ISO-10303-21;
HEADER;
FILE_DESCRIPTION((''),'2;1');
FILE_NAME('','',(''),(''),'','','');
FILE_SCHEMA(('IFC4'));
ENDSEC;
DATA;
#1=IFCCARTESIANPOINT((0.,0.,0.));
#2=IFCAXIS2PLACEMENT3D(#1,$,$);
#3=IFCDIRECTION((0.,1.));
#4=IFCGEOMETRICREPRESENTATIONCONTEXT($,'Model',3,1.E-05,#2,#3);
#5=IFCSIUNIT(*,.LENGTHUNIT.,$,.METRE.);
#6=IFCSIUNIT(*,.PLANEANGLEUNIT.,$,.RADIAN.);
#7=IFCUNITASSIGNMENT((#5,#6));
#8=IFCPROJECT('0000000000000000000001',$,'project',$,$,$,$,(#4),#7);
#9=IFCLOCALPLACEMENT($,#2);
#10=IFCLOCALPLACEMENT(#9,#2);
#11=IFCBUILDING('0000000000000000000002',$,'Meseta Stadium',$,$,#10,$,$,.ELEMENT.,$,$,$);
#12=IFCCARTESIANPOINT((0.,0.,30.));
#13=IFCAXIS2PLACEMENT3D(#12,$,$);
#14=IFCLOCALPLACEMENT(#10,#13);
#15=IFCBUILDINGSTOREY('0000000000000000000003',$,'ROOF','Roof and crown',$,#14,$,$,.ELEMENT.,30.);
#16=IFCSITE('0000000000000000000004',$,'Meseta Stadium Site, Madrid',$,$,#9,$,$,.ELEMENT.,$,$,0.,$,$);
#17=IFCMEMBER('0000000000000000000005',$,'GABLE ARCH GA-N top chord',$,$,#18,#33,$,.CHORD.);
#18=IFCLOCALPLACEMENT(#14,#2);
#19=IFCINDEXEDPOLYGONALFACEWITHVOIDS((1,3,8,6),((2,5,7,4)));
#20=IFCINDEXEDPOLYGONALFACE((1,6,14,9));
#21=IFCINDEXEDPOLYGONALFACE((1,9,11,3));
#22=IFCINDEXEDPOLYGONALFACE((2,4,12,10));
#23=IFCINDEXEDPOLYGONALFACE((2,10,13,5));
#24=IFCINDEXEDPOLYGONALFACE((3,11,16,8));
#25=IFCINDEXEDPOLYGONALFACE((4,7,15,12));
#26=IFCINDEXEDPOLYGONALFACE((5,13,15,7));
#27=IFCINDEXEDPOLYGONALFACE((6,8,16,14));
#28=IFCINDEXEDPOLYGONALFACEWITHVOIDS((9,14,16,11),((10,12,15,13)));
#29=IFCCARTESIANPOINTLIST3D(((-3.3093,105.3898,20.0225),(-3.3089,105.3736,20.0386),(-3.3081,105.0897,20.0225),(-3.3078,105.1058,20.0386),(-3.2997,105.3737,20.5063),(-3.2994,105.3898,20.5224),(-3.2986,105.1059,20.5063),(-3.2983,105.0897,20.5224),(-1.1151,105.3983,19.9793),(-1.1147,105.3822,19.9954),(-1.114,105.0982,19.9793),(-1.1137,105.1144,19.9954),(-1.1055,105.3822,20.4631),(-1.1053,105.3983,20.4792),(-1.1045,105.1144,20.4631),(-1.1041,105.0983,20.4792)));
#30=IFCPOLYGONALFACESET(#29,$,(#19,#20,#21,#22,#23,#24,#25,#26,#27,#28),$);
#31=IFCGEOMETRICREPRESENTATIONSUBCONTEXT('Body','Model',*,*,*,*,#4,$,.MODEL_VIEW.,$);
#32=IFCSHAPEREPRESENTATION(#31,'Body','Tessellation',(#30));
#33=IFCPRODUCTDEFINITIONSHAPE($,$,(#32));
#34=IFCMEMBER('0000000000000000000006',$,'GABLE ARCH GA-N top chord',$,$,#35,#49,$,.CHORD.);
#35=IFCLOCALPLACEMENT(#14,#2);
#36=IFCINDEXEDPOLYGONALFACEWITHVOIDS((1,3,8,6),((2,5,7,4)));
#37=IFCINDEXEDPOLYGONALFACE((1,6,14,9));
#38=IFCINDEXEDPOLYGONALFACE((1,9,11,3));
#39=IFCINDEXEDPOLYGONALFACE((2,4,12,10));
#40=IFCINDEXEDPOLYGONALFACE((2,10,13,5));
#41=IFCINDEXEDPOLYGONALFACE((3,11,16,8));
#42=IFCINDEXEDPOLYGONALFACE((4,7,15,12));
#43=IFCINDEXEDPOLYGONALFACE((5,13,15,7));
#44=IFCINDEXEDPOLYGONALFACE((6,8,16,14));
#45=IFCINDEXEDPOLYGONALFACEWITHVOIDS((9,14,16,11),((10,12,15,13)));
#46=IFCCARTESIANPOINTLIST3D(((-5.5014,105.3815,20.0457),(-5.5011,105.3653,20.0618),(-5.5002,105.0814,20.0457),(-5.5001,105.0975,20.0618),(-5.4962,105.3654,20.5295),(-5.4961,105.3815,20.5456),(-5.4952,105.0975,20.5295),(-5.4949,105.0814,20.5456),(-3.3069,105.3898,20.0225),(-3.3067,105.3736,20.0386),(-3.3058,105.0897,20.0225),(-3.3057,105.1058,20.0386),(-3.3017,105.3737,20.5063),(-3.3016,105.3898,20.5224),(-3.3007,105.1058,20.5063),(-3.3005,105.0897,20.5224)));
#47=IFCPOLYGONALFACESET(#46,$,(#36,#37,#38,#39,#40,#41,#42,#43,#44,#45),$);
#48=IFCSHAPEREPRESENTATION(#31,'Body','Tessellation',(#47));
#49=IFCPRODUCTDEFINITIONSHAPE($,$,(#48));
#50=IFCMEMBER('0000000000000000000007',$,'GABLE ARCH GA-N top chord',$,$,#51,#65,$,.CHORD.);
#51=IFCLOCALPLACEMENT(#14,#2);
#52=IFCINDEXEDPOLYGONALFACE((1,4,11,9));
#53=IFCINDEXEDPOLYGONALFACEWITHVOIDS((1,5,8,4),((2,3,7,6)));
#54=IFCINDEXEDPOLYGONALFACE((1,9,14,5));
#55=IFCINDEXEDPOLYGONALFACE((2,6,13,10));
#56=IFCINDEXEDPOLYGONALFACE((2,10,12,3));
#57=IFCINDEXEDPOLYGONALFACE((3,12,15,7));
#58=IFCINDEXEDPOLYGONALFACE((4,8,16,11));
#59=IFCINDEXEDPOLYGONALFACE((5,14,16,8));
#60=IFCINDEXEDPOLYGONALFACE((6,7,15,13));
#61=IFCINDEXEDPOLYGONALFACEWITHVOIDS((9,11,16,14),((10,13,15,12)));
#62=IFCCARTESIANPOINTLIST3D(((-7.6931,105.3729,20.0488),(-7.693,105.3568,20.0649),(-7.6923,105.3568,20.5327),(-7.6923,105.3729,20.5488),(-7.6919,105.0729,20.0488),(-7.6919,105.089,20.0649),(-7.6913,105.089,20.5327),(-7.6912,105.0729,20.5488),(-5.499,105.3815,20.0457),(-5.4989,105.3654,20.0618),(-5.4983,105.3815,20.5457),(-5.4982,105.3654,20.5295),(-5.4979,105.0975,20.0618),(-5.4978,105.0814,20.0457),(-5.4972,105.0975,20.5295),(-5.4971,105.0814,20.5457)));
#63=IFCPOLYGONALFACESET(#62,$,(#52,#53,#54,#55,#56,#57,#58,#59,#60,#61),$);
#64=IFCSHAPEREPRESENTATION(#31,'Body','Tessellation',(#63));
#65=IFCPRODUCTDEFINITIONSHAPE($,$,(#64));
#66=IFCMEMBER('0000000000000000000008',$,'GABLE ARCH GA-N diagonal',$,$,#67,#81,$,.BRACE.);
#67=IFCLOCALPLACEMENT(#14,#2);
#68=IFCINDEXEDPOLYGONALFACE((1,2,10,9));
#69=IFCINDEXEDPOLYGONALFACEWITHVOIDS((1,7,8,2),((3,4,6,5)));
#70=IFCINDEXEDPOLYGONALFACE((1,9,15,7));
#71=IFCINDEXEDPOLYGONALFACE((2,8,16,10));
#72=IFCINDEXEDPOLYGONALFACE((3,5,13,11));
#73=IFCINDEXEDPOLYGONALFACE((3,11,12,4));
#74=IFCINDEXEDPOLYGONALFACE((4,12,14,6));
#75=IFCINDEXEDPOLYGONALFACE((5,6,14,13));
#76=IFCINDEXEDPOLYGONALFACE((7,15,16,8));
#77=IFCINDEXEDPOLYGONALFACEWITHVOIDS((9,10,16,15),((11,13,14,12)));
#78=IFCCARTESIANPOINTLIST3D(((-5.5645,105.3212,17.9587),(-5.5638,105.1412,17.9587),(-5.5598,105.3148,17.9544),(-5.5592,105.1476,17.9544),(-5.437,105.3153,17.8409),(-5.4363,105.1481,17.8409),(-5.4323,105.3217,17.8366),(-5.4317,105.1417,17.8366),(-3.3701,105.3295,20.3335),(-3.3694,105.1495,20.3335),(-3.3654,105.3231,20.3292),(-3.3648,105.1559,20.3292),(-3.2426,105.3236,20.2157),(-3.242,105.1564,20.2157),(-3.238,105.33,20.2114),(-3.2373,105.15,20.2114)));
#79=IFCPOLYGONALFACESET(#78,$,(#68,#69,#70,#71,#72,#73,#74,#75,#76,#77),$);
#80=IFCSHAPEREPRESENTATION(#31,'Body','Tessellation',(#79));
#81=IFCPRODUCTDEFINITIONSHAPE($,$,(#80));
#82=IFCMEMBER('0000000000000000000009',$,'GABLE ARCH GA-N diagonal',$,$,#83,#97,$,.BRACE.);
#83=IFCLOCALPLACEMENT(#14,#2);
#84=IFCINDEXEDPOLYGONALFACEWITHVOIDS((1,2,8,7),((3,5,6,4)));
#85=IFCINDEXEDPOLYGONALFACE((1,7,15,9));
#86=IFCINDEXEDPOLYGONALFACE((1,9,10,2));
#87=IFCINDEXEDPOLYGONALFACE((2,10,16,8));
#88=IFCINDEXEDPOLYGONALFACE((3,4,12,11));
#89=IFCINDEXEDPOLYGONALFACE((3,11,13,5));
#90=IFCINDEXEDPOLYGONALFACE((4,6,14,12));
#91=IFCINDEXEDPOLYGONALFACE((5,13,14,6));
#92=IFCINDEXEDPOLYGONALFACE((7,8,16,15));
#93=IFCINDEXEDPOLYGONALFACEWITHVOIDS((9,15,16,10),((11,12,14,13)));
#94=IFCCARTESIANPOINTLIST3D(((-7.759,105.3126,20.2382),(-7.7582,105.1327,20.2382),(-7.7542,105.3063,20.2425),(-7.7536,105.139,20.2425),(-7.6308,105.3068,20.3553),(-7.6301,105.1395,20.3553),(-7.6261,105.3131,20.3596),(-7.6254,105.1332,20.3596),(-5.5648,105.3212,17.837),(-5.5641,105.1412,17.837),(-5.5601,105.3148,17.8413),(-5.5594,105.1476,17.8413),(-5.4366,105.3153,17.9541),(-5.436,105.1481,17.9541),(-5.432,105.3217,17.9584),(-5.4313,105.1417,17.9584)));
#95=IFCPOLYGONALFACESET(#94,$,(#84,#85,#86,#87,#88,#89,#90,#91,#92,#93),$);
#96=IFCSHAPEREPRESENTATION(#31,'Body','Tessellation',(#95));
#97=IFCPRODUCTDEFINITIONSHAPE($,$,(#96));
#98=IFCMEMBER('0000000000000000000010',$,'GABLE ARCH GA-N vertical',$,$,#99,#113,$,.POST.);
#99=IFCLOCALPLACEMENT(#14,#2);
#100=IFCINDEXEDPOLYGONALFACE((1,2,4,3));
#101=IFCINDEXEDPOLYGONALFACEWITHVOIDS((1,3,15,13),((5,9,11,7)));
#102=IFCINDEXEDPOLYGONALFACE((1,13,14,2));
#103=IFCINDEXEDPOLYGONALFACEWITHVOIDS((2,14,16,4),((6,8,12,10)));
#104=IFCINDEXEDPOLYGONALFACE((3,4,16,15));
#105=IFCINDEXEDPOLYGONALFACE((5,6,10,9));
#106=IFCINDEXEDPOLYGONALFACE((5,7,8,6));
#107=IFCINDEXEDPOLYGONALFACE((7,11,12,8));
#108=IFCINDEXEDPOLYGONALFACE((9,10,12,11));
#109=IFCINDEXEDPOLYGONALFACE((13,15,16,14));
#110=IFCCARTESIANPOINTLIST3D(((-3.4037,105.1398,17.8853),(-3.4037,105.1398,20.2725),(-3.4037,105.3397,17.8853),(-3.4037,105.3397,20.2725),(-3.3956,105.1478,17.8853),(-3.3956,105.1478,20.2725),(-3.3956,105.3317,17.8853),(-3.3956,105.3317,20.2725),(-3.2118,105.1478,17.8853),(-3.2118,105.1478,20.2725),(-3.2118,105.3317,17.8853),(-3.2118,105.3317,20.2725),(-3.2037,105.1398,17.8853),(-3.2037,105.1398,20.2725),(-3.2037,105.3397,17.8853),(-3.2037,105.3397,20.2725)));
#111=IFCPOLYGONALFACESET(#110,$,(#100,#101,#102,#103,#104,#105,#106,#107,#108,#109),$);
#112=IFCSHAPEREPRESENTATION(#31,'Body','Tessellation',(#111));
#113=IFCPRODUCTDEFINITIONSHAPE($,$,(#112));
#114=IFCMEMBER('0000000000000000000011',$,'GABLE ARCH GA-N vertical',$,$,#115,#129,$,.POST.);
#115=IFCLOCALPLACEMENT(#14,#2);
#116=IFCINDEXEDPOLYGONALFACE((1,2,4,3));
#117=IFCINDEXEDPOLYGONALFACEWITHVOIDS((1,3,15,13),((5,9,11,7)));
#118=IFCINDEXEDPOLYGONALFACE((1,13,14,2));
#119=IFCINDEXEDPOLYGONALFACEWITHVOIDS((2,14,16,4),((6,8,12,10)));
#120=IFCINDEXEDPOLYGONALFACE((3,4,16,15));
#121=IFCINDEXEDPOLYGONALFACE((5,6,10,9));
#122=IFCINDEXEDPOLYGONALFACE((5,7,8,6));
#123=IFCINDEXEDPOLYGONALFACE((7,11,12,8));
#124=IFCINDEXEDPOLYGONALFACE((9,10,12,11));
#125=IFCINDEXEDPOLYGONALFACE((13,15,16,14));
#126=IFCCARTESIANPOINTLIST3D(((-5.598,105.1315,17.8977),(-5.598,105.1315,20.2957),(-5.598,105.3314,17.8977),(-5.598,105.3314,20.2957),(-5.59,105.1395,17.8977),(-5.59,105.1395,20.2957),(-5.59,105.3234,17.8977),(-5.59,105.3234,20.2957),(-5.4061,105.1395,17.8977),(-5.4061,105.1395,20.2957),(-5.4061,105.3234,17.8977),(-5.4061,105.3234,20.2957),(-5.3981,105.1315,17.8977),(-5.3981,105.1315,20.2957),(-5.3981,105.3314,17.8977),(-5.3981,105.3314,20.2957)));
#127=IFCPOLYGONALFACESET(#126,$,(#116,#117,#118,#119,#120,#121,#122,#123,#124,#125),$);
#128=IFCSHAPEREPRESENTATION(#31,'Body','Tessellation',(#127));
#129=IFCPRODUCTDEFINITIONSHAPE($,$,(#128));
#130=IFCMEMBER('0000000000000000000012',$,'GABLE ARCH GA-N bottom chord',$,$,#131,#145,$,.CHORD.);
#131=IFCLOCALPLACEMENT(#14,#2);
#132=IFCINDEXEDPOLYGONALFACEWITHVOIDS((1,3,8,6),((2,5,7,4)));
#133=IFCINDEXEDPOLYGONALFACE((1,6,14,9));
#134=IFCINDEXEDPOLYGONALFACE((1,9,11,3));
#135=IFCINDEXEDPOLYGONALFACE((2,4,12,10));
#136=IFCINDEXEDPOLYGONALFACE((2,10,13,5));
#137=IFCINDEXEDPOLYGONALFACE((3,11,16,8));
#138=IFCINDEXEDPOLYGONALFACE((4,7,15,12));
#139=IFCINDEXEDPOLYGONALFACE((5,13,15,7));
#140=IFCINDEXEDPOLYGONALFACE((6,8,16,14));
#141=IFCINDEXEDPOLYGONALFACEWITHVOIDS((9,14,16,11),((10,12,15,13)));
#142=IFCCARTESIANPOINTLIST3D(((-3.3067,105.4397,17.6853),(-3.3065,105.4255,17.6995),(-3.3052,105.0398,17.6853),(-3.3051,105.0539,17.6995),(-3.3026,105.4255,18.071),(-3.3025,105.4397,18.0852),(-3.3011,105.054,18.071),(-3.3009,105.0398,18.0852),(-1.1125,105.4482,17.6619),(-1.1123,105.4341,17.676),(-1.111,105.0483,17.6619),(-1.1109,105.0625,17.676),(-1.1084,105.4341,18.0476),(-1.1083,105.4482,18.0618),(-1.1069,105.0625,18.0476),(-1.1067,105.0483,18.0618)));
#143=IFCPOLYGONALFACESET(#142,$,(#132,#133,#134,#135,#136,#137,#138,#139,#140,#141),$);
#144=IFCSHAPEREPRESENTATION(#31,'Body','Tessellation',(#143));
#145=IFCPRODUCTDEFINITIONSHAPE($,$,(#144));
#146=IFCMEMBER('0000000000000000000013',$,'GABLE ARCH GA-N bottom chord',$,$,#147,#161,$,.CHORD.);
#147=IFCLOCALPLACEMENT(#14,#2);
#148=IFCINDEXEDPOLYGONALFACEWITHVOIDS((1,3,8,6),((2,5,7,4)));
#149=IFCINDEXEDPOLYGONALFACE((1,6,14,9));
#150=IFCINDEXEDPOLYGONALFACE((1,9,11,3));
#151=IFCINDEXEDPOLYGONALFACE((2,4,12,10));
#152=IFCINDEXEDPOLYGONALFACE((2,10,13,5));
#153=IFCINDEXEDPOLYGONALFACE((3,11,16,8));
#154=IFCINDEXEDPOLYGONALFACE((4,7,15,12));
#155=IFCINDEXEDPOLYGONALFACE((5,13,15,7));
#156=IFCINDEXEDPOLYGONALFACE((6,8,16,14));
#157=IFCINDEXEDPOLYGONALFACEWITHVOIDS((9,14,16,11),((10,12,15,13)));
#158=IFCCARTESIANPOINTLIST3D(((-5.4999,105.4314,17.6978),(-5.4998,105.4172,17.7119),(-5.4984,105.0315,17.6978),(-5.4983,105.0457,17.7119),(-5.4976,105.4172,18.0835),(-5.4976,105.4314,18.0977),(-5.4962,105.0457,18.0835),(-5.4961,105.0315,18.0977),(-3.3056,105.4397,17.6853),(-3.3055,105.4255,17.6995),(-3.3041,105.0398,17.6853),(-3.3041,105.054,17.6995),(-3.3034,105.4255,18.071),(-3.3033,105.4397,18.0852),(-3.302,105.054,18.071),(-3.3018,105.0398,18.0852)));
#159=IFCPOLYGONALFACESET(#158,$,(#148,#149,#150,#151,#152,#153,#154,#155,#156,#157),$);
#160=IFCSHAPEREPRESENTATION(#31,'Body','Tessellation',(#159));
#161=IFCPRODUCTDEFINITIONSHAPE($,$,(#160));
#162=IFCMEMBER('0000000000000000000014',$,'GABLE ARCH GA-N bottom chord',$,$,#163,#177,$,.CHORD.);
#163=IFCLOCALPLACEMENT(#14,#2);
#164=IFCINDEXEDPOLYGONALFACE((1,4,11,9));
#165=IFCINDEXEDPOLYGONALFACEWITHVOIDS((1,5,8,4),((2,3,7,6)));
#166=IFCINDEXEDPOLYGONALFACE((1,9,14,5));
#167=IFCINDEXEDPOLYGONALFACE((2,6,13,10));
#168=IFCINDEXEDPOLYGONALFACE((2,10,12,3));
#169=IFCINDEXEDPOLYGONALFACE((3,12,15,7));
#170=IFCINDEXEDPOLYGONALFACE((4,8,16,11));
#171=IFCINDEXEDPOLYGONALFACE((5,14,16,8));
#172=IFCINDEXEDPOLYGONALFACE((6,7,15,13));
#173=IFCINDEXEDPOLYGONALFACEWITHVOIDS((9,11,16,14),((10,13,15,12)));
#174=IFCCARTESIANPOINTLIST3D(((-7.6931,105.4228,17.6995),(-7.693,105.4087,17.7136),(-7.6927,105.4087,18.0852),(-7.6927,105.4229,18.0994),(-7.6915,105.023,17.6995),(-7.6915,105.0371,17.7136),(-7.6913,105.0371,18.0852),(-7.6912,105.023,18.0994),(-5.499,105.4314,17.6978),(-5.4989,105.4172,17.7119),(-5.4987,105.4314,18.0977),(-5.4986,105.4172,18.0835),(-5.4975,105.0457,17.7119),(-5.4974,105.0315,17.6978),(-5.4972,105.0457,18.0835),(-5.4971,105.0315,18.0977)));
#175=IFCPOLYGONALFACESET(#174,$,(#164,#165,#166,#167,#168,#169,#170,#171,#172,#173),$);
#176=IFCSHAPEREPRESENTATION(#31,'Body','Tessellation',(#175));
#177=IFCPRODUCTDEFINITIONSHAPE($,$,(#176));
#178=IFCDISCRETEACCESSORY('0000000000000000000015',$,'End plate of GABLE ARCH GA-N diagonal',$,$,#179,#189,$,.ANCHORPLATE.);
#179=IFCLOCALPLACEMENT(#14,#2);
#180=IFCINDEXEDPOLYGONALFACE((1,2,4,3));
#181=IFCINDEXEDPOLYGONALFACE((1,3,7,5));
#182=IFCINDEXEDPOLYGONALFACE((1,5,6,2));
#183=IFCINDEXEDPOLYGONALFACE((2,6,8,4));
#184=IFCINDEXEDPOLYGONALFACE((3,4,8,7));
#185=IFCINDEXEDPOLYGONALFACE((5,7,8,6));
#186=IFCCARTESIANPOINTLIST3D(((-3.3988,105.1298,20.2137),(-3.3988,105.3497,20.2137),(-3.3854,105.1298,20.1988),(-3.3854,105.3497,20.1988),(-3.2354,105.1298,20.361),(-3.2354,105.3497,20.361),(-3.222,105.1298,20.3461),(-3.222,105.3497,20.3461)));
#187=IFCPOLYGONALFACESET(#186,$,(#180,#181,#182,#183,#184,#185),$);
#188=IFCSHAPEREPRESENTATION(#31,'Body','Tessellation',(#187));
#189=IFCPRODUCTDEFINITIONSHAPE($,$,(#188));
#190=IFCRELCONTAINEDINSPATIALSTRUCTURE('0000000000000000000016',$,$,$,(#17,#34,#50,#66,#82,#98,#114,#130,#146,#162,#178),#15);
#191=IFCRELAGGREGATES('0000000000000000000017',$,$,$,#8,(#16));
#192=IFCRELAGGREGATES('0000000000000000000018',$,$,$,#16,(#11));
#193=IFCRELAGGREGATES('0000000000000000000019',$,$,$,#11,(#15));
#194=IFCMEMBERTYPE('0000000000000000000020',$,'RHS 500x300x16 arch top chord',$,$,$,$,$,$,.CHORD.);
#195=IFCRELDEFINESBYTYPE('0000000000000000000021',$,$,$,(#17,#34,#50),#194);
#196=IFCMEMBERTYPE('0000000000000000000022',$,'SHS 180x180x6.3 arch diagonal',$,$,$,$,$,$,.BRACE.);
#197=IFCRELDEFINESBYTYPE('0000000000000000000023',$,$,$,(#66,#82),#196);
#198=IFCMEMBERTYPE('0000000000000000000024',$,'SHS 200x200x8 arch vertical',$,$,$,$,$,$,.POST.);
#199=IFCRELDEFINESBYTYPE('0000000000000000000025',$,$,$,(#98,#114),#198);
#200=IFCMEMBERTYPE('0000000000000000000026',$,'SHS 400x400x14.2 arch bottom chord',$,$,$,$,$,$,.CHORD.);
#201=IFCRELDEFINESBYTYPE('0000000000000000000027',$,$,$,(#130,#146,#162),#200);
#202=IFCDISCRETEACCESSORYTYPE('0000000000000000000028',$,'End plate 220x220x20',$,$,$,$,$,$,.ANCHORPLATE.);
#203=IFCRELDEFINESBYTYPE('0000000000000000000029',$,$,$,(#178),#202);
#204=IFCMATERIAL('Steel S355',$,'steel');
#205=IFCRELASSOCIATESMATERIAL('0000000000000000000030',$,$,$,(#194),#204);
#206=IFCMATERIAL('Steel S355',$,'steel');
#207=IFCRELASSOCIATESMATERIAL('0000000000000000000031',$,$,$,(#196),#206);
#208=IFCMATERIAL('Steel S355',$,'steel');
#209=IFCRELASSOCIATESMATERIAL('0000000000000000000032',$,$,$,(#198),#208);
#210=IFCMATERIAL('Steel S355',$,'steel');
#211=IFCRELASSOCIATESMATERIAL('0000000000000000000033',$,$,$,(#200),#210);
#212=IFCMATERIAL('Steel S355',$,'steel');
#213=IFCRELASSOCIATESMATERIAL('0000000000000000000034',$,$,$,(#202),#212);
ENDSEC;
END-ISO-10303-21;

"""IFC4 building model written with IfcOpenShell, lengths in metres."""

from ifc_helpers import new_model, si_unit, direction, frame, origin, origin_2d, place, context, subcontext, project, spatial, rectangle, hollow_rectangle, extrude, material, material_profile, profile_set, type_object, element, save


model = new_model("IFC4")

# Units and contexts
model_context = context("Model", 3, precision=1e-05, world=origin(), true_north=direction((0.0, 1.0)))
body_context = subcontext(model_context, "Body", "Model", "MODEL_VIEW")
ifc_project = project(units=[si_unit("LENGTHUNIT", "METRE"), si_unit("PLANEANGLEUNIT", "RADIAN")], contexts=[model_context])

# Site, building, storey
site_placement = place(None, origin())
site = spatial("IfcSite", under=ifc_project, at=site_placement, Name="Meseta Stadium Site, Madrid", CompositionType="ELEMENT", RefElevation=0.0)
building_placement = place(site_placement, origin())
building = spatial("IfcBuilding", under=site, at=building_placement, Name="Meseta Stadium", CompositionType="ELEMENT")
storey_placement = place(building_placement, frame((0.0, 0.0, 30.0)))
storey = spatial("IfcBuildingStorey", under=building, at=storey_placement, Name="ROOF", Description="Roof and crown", CompositionType="ELEMENT", Elevation=30.0)

# Members
ifc_material_1 = material(Name="Steel S355", Category="steel")
ifc_material_profile_1 = material_profile(ifc_material_1, hollow_rectangle(XDim=0.3, YDim=0.5, WallThickness=0.0161, at=origin_2d()), Name="RHS 500x300x16")
ifc_profile_set_1 = profile_set([ifc_material_profile_1], Name="Steel S355")
member_type_1 = type_object("IfcMemberType", Name="RHS 500x300x16 arch top chord", PredefinedType="CHORD", material=ifc_profile_set_1)
for number, where, z_axis, x_axis, name in (
    (1, (-1.1096, 105.2483, 20.2292), (-0.999799, -0.003894, 0.019691), (0.003894, -0.999992, 0.0), "GABLE ARCH GA-N top chord"),
    (2, (-3.3037, 105.2397, 20.2725), (-0.999937, -0.003783, 0.010569), (0.003783, -0.999993, 0.0), "GABLE ARCH GA-N top chord"),
):
    element("IfcMember", number, at=place(storey_placement, frame(where, z_axis=z_axis, x_axis=x_axis)), inside=storey, type_object=member_type_1, Name=name, PredefinedType="CHORD", context=body_context, shape_type="SweptSolid", body=[
        extrude(hollow_rectangle(XDim=0.3, YDim=0.5, WallThickness=0.0161, at=origin_2d()), origin(), (0.0, 0.0, 1.0), 2.1946),
    ])
member_1_placement = place(storey_placement, frame((-5.498, 105.2314, 20.2957), z_axis=(-0.999991, -0.003894, 0.001447), x_axis=(0.003894, -0.999992, 0.0)))
element("IfcMember", 3, at=member_1_placement, inside=storey, type_object=member_type_1, Name="GABLE ARCH GA-N top chord", PredefinedType="CHORD", context=body_context, shape_type="SweptSolid", body=[
    extrude(hollow_rectangle(XDim=0.3, YDim=0.5, WallThickness=0.0161, at=origin_2d()), origin(), (0.0, 0.0, 1.0), 2.1941),
])
ifc_material_2 = material(Name="Steel S355", Category="steel")
ifc_material_profile_2 = material_profile(ifc_material_2, hollow_rectangle(XDim=0.1799, YDim=0.1799, WallThickness=0.0063, at=origin_2d()), Name="SHS 180x180x6.3")
ifc_profile_set_2 = profile_set([ifc_material_profile_2], Name="Steel S355")
member_type_2 = type_object("IfcMemberType", Name="SHS 180x180x6.3 arch diagonal", PredefinedType="BRACE", material=ifc_profile_set_2)
member_2_placement = place(storey_placement, frame((-3.3037, 105.2397, 20.2725), z_axis=(-0.678654, -0.002567, -0.734454), x_axis=(0.003783, -0.999993, 0.0)))
element("IfcMember", 4, at=member_2_placement, inside=storey, type_object=member_type_2, Name="GABLE ARCH GA-N diagonal", PredefinedType="BRACE", context=body_context, shape_type="SweptSolid", body=[
    extrude(hollow_rectangle(XDim=0.1799, YDim=0.1799, WallThickness=0.0063, at=origin_2d()), origin(), (0.0, 0.0, 1.0), 3.2334),
])
member_3_placement = place(storey_placement, frame((-5.498, 105.2314, 17.8977), z_axis=(-0.674562, -0.002627, 0.738213), x_axis=(0.003894, -0.999992, 0.0)))
element("IfcMember", 5, at=member_3_placement, inside=storey, type_object=member_type_2, Name="GABLE ARCH GA-N diagonal", PredefinedType="BRACE", context=body_context, shape_type="SweptSolid", body=[
    extrude(hollow_rectangle(XDim=0.1799, YDim=0.1799, WallThickness=0.0063, at=origin_2d()), origin(), (0.0, 0.0, 1.0), 3.2527),
])
ifc_material_3 = material(Name="Steel S355", Category="steel")
ifc_material_profile_3 = material_profile(ifc_material_3, hollow_rectangle(XDim=0.2, YDim=0.2, WallThickness=0.0081, at=origin_2d()), Name="SHS 200x200x8")
ifc_profile_set_3 = profile_set([ifc_material_profile_3], Name="Steel S355")
member_type_3 = type_object("IfcMemberType", Name="SHS 200x200x8 arch vertical", PredefinedType="POST", material=ifc_profile_set_3)
member_4_placement = place(storey_placement, frame((-3.3037, 105.2397, 17.8853), z_axis=(0.0, 0.0, 1.0), x_axis=(1.0, 0.0, 0.0)))
element("IfcMember", 6, at=member_4_placement, inside=storey, type_object=member_type_3, Name="GABLE ARCH GA-N vertical", PredefinedType="POST", context=body_context, shape_type="SweptSolid", body=[
    extrude(hollow_rectangle(XDim=0.2, YDim=0.2, WallThickness=0.0081, at=origin_2d()), origin(), (0.0, 0.0, 1.0), 2.3872),
])
member_5_placement = place(storey_placement, frame((-5.498, 105.2314, 17.8977), z_axis=(0.0, 0.0, 1.0), x_axis=(1.0, 0.0, 0.0)))
element("IfcMember", 7, at=member_5_placement, inside=storey, type_object=member_type_3, Name="GABLE ARCH GA-N vertical", PredefinedType="POST", context=body_context, shape_type="SweptSolid", body=[
    extrude(hollow_rectangle(XDim=0.2, YDim=0.2, WallThickness=0.0081, at=origin_2d()), origin(), (0.0, 0.0, 1.0), 2.3979),
])
ifc_material_4 = material(Name="Steel S355", Category="steel")
ifc_material_profile_4 = material_profile(ifc_material_4, hollow_rectangle(XDim=0.3999, YDim=0.3999, WallThickness=0.0142, at=origin_2d()), Name="SHS 400x400x14.2")
ifc_profile_set_4 = profile_set([ifc_material_profile_4], Name="Steel S355")
member_type_4 = type_object("IfcMemberType", Name="SHS 400x400x14.2 arch bottom chord", PredefinedType="CHORD", material=ifc_profile_set_4)
for number, where, z_axis, x_axis, name in (
    (8, (-1.1096, 105.2483, 17.8618), (-0.999935, -0.003894, 0.010681), (0.003894, -0.999992, 0.0), "GABLE ARCH GA-N bottom chord"),
    (9, (-3.3037, 105.2397, 17.8853), (-0.999977, -0.003783, 0.005674), (0.003783, -0.999993, 0.0), "GABLE ARCH GA-N bottom chord"),
):
    element("IfcMember", number, at=place(storey_placement, frame(where, z_axis=z_axis, x_axis=x_axis)), inside=storey, type_object=member_type_4, Name=name, PredefinedType="CHORD", context=body_context, shape_type="SweptSolid", body=[
        extrude(hollow_rectangle(XDim=0.3999, YDim=0.3999, WallThickness=0.0142, at=origin_2d()), origin(), (0.0, 0.0, 1.0), 2.1943),
    ])
member_6_placement = place(storey_placement, frame((-5.498, 105.2314, 17.8977), z_axis=(-0.999992, -0.003894, 0.000779), x_axis=(0.003894, -0.999992, 0.0)))
element("IfcMember", 10, at=member_6_placement, inside=storey, type_object=member_type_4, Name="GABLE ARCH GA-N bottom chord", PredefinedType="CHORD", context=body_context, shape_type="SweptSolid", body=[
    extrude(hollow_rectangle(XDim=0.3999, YDim=0.3999, WallThickness=0.0142, at=origin_2d()), origin(), (0.0, 0.0, 1.0), 2.1941),
])

# Discrete accessory
ifc_material_5 = material(Name="Steel S355", Category="steel")
ifc_material_profile_5 = material_profile(ifc_material_5, rectangle(XDim=0.22, YDim=0.22, at=origin_2d()), Name="PL 220x220")
ifc_profile_set_5 = profile_set([ifc_material_profile_5], Name="Steel S355")
discrete_accessory_type_1 = type_object("IfcDiscreteAccessoryType", Name="End plate 220x220x20", PredefinedType="ANCHORPLATE", material=ifc_profile_set_5)
discrete_accessory_1_placement = place(storey_placement, frame((-3.3037, 105.2397, 20.2725), z_axis=(-0.669637, 0.0, 0.742688), x_axis=(0.0, -1.0, 0.0)))
element("IfcDiscreteAccessory", 11, at=discrete_accessory_1_placement, inside=storey, type_object=discrete_accessory_type_1, Name="End plate of GABLE ARCH GA-N diagonal", PredefinedType="ANCHORPLATE", context=body_context, shape_type="SweptSolid", body=[
    extrude(rectangle(XDim=0.22, YDim=0.22, at=origin_2d()), origin(), (0.0, 0.0, 1.0), 0.02),
])

save(model, "model.ifc")
